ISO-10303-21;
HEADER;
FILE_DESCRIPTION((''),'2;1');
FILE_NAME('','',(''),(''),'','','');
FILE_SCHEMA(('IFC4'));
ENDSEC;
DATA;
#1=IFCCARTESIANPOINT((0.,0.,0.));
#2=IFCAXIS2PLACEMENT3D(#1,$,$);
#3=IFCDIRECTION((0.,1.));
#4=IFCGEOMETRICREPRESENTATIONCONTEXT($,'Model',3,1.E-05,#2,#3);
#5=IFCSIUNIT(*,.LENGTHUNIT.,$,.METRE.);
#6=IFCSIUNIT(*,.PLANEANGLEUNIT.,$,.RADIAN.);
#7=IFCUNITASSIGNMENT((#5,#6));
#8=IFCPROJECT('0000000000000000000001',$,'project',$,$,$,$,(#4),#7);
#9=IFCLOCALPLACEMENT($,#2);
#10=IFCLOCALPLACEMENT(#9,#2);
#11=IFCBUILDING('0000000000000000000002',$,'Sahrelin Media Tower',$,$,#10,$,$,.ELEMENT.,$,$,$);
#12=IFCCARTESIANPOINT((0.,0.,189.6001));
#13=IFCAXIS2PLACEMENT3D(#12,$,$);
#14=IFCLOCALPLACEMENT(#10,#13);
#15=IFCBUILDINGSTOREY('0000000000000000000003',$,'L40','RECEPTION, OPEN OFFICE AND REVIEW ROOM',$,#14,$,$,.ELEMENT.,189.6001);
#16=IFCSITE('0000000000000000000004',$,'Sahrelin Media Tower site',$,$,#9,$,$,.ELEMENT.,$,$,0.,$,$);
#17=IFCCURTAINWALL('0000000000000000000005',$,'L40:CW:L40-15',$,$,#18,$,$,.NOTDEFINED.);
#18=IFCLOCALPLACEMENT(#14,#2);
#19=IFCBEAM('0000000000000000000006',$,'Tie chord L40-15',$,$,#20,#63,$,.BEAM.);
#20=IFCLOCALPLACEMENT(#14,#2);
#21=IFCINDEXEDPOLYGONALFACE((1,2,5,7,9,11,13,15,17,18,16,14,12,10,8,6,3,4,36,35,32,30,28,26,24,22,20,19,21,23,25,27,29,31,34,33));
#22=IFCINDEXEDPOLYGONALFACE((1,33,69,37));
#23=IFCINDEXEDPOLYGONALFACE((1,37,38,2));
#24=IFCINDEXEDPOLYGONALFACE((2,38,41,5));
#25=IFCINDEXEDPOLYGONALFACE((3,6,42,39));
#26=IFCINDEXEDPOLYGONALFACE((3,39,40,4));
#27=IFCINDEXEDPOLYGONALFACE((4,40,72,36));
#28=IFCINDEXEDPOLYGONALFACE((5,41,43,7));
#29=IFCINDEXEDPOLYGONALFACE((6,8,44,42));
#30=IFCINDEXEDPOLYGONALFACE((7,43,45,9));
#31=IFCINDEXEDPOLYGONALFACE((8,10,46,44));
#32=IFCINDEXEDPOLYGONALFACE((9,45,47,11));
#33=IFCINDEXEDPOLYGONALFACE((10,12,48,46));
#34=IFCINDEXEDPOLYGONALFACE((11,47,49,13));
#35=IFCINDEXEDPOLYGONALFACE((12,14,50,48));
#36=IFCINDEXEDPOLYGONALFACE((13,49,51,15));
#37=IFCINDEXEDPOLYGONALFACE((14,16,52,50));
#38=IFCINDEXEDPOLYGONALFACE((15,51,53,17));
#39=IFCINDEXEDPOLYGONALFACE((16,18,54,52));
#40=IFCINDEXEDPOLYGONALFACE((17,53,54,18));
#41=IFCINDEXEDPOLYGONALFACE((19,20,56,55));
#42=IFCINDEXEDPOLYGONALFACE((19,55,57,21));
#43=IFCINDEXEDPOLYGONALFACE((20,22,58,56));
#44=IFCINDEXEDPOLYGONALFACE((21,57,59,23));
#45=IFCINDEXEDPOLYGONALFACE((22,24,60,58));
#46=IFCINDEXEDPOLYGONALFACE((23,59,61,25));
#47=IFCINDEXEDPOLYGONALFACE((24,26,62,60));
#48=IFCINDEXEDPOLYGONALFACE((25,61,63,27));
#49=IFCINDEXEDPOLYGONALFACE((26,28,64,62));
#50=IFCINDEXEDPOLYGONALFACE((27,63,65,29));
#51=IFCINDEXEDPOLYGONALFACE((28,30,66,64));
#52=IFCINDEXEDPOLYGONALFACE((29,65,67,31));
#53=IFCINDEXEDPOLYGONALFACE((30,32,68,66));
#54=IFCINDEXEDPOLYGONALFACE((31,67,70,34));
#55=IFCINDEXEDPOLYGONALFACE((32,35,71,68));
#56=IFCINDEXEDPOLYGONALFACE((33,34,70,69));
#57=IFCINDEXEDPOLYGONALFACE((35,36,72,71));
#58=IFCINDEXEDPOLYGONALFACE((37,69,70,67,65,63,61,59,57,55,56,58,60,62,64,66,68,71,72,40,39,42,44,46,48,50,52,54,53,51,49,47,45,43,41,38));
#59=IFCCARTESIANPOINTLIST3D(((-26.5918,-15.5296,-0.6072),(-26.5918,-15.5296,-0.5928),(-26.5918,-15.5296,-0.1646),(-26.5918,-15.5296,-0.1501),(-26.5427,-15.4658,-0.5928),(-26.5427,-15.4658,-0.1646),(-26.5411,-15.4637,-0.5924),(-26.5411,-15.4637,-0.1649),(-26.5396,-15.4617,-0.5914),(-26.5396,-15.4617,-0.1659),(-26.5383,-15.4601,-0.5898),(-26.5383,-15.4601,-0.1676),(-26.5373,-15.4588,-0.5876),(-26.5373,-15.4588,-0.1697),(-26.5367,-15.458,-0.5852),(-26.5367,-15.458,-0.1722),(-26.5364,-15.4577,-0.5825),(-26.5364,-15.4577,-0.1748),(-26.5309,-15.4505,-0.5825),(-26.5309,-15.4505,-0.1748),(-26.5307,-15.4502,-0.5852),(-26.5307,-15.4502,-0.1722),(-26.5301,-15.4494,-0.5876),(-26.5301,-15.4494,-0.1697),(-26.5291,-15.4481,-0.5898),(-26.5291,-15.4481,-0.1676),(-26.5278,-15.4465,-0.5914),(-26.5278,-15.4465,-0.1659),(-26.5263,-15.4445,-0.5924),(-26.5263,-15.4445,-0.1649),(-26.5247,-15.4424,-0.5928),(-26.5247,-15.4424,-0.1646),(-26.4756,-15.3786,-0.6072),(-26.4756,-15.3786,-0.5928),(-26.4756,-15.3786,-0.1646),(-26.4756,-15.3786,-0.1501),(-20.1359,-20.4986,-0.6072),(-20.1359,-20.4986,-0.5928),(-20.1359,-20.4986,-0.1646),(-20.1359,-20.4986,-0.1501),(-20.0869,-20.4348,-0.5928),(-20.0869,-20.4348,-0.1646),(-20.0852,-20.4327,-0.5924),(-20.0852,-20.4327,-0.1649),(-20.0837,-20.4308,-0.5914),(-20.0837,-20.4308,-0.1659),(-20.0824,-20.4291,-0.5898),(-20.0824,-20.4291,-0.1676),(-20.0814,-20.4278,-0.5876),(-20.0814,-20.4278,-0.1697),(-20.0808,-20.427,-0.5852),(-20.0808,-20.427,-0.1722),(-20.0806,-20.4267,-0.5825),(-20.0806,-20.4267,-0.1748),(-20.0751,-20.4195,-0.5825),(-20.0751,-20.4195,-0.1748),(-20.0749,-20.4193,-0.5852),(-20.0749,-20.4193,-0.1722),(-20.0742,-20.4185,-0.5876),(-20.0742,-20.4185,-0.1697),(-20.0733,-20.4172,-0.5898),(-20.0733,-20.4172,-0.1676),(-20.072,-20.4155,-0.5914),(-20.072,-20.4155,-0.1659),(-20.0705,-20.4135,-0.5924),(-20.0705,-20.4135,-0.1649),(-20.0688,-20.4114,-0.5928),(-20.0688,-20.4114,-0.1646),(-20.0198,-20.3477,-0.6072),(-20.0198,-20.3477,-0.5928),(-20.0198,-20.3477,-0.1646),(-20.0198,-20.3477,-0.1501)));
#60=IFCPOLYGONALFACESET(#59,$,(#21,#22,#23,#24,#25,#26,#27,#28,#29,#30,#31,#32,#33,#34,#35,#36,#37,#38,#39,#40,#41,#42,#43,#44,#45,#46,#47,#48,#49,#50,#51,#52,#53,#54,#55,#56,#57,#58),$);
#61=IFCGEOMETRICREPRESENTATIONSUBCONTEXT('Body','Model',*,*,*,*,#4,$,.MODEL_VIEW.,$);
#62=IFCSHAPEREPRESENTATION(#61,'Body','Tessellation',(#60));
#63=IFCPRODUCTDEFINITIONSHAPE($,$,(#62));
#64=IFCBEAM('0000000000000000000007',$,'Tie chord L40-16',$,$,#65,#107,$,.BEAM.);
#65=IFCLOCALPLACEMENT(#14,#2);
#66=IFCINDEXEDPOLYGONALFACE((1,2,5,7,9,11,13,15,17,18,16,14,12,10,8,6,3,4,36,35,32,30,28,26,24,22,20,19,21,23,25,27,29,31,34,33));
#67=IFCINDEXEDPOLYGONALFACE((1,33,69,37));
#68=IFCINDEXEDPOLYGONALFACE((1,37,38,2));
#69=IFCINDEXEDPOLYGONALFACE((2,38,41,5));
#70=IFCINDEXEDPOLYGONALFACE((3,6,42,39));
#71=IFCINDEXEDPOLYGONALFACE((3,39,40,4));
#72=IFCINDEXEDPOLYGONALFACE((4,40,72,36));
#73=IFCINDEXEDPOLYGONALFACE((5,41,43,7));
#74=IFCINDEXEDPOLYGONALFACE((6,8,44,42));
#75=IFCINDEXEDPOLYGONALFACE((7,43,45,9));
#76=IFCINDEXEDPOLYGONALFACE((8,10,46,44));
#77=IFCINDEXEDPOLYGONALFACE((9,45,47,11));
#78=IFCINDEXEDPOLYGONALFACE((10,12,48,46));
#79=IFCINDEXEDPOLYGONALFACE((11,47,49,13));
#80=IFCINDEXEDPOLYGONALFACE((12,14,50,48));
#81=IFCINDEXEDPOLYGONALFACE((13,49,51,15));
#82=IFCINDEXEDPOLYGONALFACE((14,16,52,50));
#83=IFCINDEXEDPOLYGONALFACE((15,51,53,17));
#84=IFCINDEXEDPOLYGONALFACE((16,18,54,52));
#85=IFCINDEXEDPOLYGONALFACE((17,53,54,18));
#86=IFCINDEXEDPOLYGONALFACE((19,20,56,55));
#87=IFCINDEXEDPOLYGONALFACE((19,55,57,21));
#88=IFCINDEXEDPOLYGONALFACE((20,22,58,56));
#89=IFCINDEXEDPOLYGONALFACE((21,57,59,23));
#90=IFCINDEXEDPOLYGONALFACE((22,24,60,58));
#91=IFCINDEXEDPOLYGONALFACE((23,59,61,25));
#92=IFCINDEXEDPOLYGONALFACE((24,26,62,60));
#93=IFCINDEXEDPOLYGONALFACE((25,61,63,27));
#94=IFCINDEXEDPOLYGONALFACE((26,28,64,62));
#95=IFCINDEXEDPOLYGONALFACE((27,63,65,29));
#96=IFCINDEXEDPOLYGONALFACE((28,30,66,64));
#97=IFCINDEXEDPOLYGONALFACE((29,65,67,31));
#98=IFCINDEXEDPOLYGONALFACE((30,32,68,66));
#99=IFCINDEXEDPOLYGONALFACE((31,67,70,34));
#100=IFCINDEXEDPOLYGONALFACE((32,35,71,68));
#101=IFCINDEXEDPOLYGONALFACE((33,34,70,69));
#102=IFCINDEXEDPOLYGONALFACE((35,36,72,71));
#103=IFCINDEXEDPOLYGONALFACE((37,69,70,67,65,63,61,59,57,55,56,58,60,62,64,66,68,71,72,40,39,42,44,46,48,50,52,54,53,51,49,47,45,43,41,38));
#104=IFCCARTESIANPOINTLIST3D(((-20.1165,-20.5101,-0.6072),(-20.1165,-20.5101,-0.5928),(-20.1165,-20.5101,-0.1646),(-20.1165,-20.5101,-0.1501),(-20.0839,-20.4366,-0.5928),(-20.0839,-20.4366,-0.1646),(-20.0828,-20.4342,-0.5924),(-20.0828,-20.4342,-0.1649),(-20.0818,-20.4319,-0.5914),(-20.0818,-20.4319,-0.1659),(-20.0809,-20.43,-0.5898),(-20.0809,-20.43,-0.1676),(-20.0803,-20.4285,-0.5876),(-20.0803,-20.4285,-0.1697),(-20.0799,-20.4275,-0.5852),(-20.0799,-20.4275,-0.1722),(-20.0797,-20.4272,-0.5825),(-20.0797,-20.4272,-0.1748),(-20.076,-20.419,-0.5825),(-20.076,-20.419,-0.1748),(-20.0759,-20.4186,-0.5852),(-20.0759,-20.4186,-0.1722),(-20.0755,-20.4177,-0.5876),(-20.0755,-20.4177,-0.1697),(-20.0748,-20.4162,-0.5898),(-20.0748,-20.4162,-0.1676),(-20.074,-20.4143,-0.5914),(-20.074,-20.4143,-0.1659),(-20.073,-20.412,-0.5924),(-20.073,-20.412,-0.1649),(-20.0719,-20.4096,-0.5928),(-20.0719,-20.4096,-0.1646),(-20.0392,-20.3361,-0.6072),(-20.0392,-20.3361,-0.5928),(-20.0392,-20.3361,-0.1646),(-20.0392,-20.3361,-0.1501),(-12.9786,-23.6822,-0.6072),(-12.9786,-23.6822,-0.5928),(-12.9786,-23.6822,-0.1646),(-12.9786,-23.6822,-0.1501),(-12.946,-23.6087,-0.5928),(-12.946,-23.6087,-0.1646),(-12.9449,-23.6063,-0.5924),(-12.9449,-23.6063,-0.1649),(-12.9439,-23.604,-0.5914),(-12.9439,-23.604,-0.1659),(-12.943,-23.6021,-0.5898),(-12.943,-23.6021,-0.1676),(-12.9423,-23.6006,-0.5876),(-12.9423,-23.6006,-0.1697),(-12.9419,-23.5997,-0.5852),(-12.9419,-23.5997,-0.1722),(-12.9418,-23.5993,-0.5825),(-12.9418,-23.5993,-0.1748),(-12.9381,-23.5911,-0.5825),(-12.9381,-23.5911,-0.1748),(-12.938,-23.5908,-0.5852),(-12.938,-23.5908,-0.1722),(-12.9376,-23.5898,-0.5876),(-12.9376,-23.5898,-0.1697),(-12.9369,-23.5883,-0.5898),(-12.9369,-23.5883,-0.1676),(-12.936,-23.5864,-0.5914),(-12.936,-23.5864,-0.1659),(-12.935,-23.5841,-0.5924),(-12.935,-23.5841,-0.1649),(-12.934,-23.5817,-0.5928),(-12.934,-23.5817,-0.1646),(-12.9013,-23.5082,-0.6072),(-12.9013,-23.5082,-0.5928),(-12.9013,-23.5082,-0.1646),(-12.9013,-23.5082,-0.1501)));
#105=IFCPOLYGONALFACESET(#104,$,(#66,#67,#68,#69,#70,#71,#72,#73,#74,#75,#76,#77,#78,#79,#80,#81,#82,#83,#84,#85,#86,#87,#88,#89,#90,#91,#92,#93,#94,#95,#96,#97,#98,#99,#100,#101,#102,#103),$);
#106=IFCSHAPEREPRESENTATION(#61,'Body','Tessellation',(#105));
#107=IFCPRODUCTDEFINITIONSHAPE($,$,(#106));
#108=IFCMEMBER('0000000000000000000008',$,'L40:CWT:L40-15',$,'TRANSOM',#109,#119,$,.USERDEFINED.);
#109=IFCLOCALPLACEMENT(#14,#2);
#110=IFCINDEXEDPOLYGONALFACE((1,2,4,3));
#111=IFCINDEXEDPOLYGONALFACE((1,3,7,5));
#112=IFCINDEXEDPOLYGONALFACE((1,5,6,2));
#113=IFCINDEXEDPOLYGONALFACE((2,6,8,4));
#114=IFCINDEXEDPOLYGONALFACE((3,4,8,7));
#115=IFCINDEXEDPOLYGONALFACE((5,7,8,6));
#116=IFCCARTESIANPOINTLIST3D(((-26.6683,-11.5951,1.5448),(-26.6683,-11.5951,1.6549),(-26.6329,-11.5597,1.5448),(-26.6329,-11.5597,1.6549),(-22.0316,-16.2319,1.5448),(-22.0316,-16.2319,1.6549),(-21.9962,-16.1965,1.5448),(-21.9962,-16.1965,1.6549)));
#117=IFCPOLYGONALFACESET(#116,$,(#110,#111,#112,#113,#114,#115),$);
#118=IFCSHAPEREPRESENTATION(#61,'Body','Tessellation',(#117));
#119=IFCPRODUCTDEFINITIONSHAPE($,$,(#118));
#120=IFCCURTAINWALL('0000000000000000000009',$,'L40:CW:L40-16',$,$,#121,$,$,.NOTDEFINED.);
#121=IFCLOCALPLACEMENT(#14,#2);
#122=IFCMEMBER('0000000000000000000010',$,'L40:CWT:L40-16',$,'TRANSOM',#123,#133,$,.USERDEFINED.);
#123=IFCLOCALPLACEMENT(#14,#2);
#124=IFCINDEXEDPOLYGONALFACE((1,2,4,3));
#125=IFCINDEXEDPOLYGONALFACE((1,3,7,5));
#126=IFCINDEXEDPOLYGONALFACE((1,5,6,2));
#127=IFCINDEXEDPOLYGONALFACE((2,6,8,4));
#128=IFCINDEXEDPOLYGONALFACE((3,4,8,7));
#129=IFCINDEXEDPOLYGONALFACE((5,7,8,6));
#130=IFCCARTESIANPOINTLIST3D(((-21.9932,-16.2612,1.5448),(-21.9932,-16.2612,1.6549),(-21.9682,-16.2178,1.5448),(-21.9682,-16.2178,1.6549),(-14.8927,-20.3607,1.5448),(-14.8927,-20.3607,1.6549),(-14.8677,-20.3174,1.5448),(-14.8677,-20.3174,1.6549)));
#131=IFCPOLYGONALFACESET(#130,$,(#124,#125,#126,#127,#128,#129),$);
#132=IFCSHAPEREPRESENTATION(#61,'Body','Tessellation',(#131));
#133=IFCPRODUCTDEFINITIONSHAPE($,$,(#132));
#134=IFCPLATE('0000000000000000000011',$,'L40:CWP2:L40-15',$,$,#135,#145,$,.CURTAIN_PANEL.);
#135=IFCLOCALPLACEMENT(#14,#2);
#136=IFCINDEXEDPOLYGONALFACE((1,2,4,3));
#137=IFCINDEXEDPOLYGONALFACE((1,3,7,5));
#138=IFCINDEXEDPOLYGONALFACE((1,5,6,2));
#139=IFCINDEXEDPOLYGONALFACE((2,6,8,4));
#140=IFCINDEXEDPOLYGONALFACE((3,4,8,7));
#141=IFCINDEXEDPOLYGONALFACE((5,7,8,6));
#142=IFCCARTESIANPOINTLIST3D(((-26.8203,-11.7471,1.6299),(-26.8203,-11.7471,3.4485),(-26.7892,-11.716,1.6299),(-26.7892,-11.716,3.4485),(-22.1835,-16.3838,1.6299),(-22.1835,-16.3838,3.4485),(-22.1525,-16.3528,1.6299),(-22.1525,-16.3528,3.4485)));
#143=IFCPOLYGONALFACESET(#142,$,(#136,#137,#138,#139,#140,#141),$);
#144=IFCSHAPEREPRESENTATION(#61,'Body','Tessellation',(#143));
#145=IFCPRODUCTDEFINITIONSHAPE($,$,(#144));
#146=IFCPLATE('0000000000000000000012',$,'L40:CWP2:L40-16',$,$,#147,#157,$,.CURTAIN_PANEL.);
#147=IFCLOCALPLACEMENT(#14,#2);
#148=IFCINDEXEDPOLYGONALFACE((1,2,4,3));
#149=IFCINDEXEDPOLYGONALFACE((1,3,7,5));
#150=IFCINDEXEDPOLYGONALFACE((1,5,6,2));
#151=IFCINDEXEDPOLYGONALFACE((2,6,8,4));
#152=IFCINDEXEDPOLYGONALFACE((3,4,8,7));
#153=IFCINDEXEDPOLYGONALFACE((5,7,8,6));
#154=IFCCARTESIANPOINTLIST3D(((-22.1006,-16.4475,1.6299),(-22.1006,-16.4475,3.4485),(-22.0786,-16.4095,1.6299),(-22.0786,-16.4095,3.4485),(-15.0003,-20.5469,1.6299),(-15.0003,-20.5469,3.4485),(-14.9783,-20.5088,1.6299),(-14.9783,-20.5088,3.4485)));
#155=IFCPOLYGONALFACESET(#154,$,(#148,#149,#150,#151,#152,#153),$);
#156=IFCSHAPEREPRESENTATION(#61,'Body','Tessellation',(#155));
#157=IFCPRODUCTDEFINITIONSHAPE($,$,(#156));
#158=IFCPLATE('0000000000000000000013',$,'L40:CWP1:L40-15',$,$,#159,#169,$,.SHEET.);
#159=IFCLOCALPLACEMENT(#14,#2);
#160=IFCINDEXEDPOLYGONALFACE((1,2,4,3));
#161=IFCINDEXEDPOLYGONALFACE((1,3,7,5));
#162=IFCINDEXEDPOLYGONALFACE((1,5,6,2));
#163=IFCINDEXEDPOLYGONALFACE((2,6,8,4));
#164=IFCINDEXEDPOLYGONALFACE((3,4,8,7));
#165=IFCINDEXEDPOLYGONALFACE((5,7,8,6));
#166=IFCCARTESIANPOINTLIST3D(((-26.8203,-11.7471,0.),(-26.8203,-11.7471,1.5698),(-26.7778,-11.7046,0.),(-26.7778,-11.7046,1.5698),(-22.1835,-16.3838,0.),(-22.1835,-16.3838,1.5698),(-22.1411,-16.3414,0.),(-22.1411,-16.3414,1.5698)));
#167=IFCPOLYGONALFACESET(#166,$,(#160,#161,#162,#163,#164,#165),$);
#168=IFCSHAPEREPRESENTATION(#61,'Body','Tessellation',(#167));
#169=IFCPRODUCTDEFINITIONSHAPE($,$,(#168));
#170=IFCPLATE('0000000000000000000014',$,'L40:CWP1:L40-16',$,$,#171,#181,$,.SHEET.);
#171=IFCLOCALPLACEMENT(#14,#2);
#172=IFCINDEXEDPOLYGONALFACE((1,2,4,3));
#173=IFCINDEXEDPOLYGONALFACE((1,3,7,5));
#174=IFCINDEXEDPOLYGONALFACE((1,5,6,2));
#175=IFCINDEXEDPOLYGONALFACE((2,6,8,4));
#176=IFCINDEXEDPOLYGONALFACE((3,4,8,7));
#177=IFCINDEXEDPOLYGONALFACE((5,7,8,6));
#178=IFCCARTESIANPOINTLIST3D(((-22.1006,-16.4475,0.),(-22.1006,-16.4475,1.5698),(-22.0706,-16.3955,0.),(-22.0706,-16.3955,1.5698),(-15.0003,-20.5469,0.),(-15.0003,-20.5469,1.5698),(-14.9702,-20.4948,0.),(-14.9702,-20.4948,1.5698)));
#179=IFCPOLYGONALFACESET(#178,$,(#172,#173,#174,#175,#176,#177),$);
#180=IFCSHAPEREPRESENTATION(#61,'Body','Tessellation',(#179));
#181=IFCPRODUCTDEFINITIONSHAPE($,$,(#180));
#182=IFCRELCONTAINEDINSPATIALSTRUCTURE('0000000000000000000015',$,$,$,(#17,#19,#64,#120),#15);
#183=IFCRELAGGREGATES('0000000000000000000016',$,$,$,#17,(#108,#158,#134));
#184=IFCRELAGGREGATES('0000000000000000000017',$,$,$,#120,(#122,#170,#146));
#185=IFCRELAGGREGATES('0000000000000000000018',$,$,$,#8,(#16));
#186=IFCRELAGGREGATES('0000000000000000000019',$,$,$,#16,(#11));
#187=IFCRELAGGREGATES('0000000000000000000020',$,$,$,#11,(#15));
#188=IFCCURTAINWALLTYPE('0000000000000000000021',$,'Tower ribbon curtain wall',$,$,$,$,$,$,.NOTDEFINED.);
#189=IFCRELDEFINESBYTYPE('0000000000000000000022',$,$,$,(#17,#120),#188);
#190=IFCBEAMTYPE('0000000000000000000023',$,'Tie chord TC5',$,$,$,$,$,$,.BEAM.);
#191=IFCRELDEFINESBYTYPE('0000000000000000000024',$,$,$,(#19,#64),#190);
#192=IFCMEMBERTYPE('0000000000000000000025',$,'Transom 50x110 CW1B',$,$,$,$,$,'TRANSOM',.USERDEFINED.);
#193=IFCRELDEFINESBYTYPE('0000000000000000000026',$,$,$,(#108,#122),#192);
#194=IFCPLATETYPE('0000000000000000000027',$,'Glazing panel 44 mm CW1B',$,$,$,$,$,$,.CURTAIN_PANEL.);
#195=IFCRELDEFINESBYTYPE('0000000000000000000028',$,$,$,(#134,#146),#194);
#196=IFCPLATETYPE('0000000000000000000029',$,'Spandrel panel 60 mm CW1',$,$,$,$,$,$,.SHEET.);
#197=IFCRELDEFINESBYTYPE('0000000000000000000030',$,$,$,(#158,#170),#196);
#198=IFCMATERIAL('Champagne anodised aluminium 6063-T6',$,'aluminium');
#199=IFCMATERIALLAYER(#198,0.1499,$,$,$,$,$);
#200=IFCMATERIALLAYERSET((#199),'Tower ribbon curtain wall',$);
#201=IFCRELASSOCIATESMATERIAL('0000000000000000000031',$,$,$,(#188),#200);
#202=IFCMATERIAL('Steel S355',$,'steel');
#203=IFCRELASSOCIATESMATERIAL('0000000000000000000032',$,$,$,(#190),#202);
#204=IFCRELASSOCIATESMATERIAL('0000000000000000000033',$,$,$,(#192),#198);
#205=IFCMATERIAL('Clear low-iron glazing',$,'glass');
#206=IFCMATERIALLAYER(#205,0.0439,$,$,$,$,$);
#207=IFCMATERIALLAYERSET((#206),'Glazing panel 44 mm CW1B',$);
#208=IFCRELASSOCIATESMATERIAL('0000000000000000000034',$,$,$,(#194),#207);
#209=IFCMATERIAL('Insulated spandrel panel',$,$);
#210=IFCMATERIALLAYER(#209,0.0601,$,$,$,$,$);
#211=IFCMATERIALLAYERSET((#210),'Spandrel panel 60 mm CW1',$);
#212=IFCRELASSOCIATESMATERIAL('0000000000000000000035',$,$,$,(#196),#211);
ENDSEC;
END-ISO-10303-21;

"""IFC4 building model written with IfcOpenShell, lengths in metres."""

from ifc_helpers import new_model, si_unit, direction, frame, origin, origin_2d, place, context, subcontext, project, spatial, polyline, rectangle, i_section, outline, extrude, material, layer, layer_set, material_profile, profile_set, type_object, element, aggregate, save


model = new_model("IFC4")

# Units and contexts
model_context = context("Model", 3, precision=1e-05, world=origin(), true_north=direction((0.0, 1.0)))
body_context = subcontext(model_context, "Body", "Model", "MODEL_VIEW")
ifc_project = project(units=[si_unit("LENGTHUNIT", "METRE"), si_unit("PLANEANGLEUNIT", "RADIAN")], contexts=[model_context])

# Site, building, storey
site_placement = place(None, origin())
site = spatial("IfcSite", under=ifc_project, at=site_placement, Name="Sahrelin Media Tower site", CompositionType="ELEMENT", RefElevation=0.0)
building_placement = place(site_placement, origin())
building = spatial("IfcBuilding", under=site, at=building_placement, Name="Sahrelin Media Tower", CompositionType="ELEMENT")
storey_placement = place(building_placement, frame((0.0, 0.0, 189.6001)))
storey = spatial("IfcBuildingStorey", under=building, at=storey_placement, Name="L40", Description="RECEPTION, OPEN OFFICE AND REVIEW ROOM", CompositionType="ELEMENT", Elevation=189.6001)

# Shared definitions
ifc_material_1 = material(Name="Steel S355", Category="steel")

# Curtain wall
ifc_material_2 = material(Name="Champagne anodised aluminium 6063-T6", Category="aluminium")
ifc_layer_1 = layer(ifc_material_2, 0.1499)
ifc_layer_set_1 = layer_set([ifc_layer_1], Name="Tower ribbon curtain wall")
curtain_wall_type = type_object("IfcCurtainWallType", Name="Tower ribbon curtain wall", PredefinedType="NOTDEFINED", material=ifc_layer_set_1)
curtain_wall_1_placement = place(storey_placement, frame((-24.4878, -14.0513, 0.0), z_axis=(0.0, 0.0, 1.0), x_axis=(1.0, 0.0, 0.0)))
curtain_wall_1 = element("IfcCurtainWall", 1, at=curtain_wall_1_placement, inside=storey, type_object=curtain_wall_type, Name="L40:CW:L40-15", PredefinedType="NOTDEFINED")

# Beams
ifc_material_profile_1 = material_profile(ifc_material_1, i_section(OverallWidth=0.1904, OverallDepth=0.457, WebThickness=0.009, FlangeThickness=0.0144, FilletRadius=0.0103, at=origin_2d()), Name="UB 457x191x74")
ifc_profile_set_1 = profile_set([ifc_material_profile_1], Name="Steel S355")
beam_type_1 = type_object("IfcBeamType", Name="Tie chord TC5", PredefinedType="BEAM", material=ifc_profile_set_1)
beam_1_placement = place(storey_placement, frame((-26.5337, -15.4541, -0.3787), z_axis=(0.792447, -0.609941, 0.0), x_axis=(0.609941, 0.792447, 0.0)))
element("IfcBeam", 2, at=beam_1_placement, inside=storey, type_object=beam_type_1, Name="Tie chord L40-15", PredefinedType="BEAM", context=body_context, shape_type="SweptSolid", body=[
    extrude(i_section(OverallWidth=0.1904, OverallDepth=0.457, WebThickness=0.009, FlangeThickness=0.0144, FilletRadius=0.0103, at=origin_2d()), origin(), (0.0, 0.0, 1.0), 8.1467),
])
beam_2_placement = place(storey_placement, frame((-20.0779, -20.4231, -0.3787), z_axis=(0.913826, -0.406107, 0.0), x_axis=(0.406107, 0.913826, 0.0)))
element("IfcBeam", 3, at=beam_2_placement, inside=storey, type_object=beam_type_1, Name="Tie chord L40-16", PredefinedType="BEAM", context=body_context, shape_type="SweptSolid", body=[
    extrude(i_section(OverallWidth=0.1904, OverallDepth=0.457, WebThickness=0.009, FlangeThickness=0.0144, FilletRadius=0.0103, at=origin_2d()), origin(), (0.0, 0.0, 1.0), 7.811),
])

# Member
ifc_material_profile_2 = material_profile(ifc_material_2, rectangle(XDim=0.05, YDim=0.1101, at=origin_2d()), Name="Transom 50x110")
ifc_profile_set_2 = profile_set([ifc_material_profile_2], Name="Champagne anodised aluminium 6063-T6")
member_type_1 = type_object("IfcMemberType", Name="Transom 50x110 CW1B", ElementType="TRANSOM", PredefinedType="USERDEFINED", material=ifc_profile_set_2)
member_1_placement = place(storey_placement, frame((-26.6506, -11.5774, 1.5999), z_axis=(0.707107, -0.707107, 0.0), x_axis=(0.707107, 0.707107, 0.0)))
member_1 = element("IfcMember", 4, at=member_1_placement, type_object=member_type_1, Name="L40:CWT:L40-15", ObjectType="TRANSOM", PredefinedType="USERDEFINED", context=body_context, shape_type="SweptSolid", body=[
    extrude(rectangle(XDim=0.05, YDim=0.1101, at=origin_2d()), origin(), (0.0, 0.0, 1.0), 6.5574),
])

# Curtain wall, member
curtain_wall_2_placement = place(storey_placement, frame((-18.5403, -18.4797, 0.0), z_axis=(0.0, 0.0, 1.0), x_axis=(1.0, 0.0, 0.0)))
curtain_wall_2 = element("IfcCurtainWall", 5, at=curtain_wall_2_placement, inside=storey, type_object=curtain_wall_type, Name="L40:CW:L40-16", PredefinedType="NOTDEFINED")
member_2_placement = place(storey_placement, frame((-21.9807, -16.2395, 1.5999), z_axis=(0.866021, -0.500008, 0.0), x_axis=(0.500008, 0.866021, 0.0)))
member_2 = element("IfcMember", 6, at=member_2_placement, type_object=member_type_1, Name="L40:CWT:L40-16", ObjectType="TRANSOM", PredefinedType="USERDEFINED", context=body_context, shape_type="SweptSolid", body=[
    extrude(rectangle(XDim=0.05, YDim=0.1101, at=origin_2d()), origin(), (0.0, 0.0, 1.0), 8.199),
])

# Plates
ifc_material_3 = material(Name="Clear low-iron glazing", Category="glass")
ifc_layer_2 = layer(ifc_material_3, 0.0439)
ifc_layer_set_2 = layer_set([ifc_layer_2], Name="Glazing panel 44 mm CW1B")
plate_type_1 = type_object("IfcPlateType", Name="Glazing panel 44 mm CW1B", PredefinedType="CURTAIN_PANEL", material=ifc_layer_set_2)
plate_1_placement = place(storey_placement, frame((-26.8203, -11.7471, 1.6299), z_axis=(-0.707107, -0.707107, 0.0), x_axis=(0.707107, -0.707107, 0.0)))
plate_1 = element("IfcPlate", 7, at=plate_1_placement, type_object=plate_type_1, Name="L40:CWP2:L40-15", PredefinedType="CURTAIN_PANEL", context=body_context, shape_type="SweptSolid", body=[
    extrude(outline(polyline([(0.0, 0.0), (6.5574, 0.0), (6.5574, 1.8186), (0.0, 1.8186), (0.0, 0.0)])), origin(), (0.0, 0.0, -1.0), 0.0439),
])
plate_2_placement = place(storey_placement, frame((-22.1006, -16.4475, 1.6299), z_axis=(-0.499998, -0.866026, 0.0), x_axis=(0.866026, -0.499998, 0.0)))
plate_2 = element("IfcPlate", 8, at=plate_2_placement, type_object=plate_type_1, Name="L40:CWP2:L40-16", PredefinedType="CURTAIN_PANEL", context=body_context, shape_type="SweptSolid", body=[
    extrude(outline(polyline([(0.0, 0.0), (8.1987, 0.0), (8.1987, 1.8186), (0.0, 1.8186), (0.0, 0.0)])), origin(), (0.0, 0.0, -1.0), 0.0439),
])
ifc_material_4 = material(Name="Insulated spandrel panel")
ifc_layer_3 = layer(ifc_material_4, 0.0601)
ifc_layer_set_3 = layer_set([ifc_layer_3], Name="Spandrel panel 60 mm CW1")
plate_type_2 = type_object("IfcPlateType", Name="Spandrel panel 60 mm CW1", PredefinedType="SHEET", material=ifc_layer_set_3)
plate_3_placement = place(storey_placement, frame((-26.8203, -11.7471, 0.0), z_axis=(-0.707107, -0.707107, 0.0), x_axis=(0.707107, -0.707107, 0.0)))
plate_3 = element("IfcPlate", 9, at=plate_3_placement, type_object=plate_type_2, Name="L40:CWP1:L40-15", PredefinedType="SHEET", context=body_context, shape_type="SweptSolid", body=[
    extrude(outline(polyline([(0.0, 0.0), (6.5574, 0.0), (6.5574, 1.5698), (0.0, 1.5698), (0.0, 0.0)])), origin(), (0.0, 0.0, -1.0), 0.0601),
])
aggregate(curtain_wall_1, [member_1, plate_3, plate_1])
plate_4_placement = place(storey_placement, frame((-22.1006, -16.4475, 0.0), z_axis=(-0.499998, -0.866026, 0.0), x_axis=(0.866026, -0.499998, 0.0)))
plate_4 = element("IfcPlate", 10, at=plate_4_placement, type_object=plate_type_2, Name="L40:CWP1:L40-16", PredefinedType="SHEET", context=body_context, shape_type="SweptSolid", body=[
    extrude(outline(polyline([(0.0, 0.0), (8.1987, 0.0), (8.1987, 1.5698), (0.0, 1.5698), (0.0, 0.0)])), origin(), (0.0, 0.0, -1.0), 0.0601),
])
aggregate(curtain_wall_2, [member_2, plate_4, plate_2])

save(model, "model.ifc")
